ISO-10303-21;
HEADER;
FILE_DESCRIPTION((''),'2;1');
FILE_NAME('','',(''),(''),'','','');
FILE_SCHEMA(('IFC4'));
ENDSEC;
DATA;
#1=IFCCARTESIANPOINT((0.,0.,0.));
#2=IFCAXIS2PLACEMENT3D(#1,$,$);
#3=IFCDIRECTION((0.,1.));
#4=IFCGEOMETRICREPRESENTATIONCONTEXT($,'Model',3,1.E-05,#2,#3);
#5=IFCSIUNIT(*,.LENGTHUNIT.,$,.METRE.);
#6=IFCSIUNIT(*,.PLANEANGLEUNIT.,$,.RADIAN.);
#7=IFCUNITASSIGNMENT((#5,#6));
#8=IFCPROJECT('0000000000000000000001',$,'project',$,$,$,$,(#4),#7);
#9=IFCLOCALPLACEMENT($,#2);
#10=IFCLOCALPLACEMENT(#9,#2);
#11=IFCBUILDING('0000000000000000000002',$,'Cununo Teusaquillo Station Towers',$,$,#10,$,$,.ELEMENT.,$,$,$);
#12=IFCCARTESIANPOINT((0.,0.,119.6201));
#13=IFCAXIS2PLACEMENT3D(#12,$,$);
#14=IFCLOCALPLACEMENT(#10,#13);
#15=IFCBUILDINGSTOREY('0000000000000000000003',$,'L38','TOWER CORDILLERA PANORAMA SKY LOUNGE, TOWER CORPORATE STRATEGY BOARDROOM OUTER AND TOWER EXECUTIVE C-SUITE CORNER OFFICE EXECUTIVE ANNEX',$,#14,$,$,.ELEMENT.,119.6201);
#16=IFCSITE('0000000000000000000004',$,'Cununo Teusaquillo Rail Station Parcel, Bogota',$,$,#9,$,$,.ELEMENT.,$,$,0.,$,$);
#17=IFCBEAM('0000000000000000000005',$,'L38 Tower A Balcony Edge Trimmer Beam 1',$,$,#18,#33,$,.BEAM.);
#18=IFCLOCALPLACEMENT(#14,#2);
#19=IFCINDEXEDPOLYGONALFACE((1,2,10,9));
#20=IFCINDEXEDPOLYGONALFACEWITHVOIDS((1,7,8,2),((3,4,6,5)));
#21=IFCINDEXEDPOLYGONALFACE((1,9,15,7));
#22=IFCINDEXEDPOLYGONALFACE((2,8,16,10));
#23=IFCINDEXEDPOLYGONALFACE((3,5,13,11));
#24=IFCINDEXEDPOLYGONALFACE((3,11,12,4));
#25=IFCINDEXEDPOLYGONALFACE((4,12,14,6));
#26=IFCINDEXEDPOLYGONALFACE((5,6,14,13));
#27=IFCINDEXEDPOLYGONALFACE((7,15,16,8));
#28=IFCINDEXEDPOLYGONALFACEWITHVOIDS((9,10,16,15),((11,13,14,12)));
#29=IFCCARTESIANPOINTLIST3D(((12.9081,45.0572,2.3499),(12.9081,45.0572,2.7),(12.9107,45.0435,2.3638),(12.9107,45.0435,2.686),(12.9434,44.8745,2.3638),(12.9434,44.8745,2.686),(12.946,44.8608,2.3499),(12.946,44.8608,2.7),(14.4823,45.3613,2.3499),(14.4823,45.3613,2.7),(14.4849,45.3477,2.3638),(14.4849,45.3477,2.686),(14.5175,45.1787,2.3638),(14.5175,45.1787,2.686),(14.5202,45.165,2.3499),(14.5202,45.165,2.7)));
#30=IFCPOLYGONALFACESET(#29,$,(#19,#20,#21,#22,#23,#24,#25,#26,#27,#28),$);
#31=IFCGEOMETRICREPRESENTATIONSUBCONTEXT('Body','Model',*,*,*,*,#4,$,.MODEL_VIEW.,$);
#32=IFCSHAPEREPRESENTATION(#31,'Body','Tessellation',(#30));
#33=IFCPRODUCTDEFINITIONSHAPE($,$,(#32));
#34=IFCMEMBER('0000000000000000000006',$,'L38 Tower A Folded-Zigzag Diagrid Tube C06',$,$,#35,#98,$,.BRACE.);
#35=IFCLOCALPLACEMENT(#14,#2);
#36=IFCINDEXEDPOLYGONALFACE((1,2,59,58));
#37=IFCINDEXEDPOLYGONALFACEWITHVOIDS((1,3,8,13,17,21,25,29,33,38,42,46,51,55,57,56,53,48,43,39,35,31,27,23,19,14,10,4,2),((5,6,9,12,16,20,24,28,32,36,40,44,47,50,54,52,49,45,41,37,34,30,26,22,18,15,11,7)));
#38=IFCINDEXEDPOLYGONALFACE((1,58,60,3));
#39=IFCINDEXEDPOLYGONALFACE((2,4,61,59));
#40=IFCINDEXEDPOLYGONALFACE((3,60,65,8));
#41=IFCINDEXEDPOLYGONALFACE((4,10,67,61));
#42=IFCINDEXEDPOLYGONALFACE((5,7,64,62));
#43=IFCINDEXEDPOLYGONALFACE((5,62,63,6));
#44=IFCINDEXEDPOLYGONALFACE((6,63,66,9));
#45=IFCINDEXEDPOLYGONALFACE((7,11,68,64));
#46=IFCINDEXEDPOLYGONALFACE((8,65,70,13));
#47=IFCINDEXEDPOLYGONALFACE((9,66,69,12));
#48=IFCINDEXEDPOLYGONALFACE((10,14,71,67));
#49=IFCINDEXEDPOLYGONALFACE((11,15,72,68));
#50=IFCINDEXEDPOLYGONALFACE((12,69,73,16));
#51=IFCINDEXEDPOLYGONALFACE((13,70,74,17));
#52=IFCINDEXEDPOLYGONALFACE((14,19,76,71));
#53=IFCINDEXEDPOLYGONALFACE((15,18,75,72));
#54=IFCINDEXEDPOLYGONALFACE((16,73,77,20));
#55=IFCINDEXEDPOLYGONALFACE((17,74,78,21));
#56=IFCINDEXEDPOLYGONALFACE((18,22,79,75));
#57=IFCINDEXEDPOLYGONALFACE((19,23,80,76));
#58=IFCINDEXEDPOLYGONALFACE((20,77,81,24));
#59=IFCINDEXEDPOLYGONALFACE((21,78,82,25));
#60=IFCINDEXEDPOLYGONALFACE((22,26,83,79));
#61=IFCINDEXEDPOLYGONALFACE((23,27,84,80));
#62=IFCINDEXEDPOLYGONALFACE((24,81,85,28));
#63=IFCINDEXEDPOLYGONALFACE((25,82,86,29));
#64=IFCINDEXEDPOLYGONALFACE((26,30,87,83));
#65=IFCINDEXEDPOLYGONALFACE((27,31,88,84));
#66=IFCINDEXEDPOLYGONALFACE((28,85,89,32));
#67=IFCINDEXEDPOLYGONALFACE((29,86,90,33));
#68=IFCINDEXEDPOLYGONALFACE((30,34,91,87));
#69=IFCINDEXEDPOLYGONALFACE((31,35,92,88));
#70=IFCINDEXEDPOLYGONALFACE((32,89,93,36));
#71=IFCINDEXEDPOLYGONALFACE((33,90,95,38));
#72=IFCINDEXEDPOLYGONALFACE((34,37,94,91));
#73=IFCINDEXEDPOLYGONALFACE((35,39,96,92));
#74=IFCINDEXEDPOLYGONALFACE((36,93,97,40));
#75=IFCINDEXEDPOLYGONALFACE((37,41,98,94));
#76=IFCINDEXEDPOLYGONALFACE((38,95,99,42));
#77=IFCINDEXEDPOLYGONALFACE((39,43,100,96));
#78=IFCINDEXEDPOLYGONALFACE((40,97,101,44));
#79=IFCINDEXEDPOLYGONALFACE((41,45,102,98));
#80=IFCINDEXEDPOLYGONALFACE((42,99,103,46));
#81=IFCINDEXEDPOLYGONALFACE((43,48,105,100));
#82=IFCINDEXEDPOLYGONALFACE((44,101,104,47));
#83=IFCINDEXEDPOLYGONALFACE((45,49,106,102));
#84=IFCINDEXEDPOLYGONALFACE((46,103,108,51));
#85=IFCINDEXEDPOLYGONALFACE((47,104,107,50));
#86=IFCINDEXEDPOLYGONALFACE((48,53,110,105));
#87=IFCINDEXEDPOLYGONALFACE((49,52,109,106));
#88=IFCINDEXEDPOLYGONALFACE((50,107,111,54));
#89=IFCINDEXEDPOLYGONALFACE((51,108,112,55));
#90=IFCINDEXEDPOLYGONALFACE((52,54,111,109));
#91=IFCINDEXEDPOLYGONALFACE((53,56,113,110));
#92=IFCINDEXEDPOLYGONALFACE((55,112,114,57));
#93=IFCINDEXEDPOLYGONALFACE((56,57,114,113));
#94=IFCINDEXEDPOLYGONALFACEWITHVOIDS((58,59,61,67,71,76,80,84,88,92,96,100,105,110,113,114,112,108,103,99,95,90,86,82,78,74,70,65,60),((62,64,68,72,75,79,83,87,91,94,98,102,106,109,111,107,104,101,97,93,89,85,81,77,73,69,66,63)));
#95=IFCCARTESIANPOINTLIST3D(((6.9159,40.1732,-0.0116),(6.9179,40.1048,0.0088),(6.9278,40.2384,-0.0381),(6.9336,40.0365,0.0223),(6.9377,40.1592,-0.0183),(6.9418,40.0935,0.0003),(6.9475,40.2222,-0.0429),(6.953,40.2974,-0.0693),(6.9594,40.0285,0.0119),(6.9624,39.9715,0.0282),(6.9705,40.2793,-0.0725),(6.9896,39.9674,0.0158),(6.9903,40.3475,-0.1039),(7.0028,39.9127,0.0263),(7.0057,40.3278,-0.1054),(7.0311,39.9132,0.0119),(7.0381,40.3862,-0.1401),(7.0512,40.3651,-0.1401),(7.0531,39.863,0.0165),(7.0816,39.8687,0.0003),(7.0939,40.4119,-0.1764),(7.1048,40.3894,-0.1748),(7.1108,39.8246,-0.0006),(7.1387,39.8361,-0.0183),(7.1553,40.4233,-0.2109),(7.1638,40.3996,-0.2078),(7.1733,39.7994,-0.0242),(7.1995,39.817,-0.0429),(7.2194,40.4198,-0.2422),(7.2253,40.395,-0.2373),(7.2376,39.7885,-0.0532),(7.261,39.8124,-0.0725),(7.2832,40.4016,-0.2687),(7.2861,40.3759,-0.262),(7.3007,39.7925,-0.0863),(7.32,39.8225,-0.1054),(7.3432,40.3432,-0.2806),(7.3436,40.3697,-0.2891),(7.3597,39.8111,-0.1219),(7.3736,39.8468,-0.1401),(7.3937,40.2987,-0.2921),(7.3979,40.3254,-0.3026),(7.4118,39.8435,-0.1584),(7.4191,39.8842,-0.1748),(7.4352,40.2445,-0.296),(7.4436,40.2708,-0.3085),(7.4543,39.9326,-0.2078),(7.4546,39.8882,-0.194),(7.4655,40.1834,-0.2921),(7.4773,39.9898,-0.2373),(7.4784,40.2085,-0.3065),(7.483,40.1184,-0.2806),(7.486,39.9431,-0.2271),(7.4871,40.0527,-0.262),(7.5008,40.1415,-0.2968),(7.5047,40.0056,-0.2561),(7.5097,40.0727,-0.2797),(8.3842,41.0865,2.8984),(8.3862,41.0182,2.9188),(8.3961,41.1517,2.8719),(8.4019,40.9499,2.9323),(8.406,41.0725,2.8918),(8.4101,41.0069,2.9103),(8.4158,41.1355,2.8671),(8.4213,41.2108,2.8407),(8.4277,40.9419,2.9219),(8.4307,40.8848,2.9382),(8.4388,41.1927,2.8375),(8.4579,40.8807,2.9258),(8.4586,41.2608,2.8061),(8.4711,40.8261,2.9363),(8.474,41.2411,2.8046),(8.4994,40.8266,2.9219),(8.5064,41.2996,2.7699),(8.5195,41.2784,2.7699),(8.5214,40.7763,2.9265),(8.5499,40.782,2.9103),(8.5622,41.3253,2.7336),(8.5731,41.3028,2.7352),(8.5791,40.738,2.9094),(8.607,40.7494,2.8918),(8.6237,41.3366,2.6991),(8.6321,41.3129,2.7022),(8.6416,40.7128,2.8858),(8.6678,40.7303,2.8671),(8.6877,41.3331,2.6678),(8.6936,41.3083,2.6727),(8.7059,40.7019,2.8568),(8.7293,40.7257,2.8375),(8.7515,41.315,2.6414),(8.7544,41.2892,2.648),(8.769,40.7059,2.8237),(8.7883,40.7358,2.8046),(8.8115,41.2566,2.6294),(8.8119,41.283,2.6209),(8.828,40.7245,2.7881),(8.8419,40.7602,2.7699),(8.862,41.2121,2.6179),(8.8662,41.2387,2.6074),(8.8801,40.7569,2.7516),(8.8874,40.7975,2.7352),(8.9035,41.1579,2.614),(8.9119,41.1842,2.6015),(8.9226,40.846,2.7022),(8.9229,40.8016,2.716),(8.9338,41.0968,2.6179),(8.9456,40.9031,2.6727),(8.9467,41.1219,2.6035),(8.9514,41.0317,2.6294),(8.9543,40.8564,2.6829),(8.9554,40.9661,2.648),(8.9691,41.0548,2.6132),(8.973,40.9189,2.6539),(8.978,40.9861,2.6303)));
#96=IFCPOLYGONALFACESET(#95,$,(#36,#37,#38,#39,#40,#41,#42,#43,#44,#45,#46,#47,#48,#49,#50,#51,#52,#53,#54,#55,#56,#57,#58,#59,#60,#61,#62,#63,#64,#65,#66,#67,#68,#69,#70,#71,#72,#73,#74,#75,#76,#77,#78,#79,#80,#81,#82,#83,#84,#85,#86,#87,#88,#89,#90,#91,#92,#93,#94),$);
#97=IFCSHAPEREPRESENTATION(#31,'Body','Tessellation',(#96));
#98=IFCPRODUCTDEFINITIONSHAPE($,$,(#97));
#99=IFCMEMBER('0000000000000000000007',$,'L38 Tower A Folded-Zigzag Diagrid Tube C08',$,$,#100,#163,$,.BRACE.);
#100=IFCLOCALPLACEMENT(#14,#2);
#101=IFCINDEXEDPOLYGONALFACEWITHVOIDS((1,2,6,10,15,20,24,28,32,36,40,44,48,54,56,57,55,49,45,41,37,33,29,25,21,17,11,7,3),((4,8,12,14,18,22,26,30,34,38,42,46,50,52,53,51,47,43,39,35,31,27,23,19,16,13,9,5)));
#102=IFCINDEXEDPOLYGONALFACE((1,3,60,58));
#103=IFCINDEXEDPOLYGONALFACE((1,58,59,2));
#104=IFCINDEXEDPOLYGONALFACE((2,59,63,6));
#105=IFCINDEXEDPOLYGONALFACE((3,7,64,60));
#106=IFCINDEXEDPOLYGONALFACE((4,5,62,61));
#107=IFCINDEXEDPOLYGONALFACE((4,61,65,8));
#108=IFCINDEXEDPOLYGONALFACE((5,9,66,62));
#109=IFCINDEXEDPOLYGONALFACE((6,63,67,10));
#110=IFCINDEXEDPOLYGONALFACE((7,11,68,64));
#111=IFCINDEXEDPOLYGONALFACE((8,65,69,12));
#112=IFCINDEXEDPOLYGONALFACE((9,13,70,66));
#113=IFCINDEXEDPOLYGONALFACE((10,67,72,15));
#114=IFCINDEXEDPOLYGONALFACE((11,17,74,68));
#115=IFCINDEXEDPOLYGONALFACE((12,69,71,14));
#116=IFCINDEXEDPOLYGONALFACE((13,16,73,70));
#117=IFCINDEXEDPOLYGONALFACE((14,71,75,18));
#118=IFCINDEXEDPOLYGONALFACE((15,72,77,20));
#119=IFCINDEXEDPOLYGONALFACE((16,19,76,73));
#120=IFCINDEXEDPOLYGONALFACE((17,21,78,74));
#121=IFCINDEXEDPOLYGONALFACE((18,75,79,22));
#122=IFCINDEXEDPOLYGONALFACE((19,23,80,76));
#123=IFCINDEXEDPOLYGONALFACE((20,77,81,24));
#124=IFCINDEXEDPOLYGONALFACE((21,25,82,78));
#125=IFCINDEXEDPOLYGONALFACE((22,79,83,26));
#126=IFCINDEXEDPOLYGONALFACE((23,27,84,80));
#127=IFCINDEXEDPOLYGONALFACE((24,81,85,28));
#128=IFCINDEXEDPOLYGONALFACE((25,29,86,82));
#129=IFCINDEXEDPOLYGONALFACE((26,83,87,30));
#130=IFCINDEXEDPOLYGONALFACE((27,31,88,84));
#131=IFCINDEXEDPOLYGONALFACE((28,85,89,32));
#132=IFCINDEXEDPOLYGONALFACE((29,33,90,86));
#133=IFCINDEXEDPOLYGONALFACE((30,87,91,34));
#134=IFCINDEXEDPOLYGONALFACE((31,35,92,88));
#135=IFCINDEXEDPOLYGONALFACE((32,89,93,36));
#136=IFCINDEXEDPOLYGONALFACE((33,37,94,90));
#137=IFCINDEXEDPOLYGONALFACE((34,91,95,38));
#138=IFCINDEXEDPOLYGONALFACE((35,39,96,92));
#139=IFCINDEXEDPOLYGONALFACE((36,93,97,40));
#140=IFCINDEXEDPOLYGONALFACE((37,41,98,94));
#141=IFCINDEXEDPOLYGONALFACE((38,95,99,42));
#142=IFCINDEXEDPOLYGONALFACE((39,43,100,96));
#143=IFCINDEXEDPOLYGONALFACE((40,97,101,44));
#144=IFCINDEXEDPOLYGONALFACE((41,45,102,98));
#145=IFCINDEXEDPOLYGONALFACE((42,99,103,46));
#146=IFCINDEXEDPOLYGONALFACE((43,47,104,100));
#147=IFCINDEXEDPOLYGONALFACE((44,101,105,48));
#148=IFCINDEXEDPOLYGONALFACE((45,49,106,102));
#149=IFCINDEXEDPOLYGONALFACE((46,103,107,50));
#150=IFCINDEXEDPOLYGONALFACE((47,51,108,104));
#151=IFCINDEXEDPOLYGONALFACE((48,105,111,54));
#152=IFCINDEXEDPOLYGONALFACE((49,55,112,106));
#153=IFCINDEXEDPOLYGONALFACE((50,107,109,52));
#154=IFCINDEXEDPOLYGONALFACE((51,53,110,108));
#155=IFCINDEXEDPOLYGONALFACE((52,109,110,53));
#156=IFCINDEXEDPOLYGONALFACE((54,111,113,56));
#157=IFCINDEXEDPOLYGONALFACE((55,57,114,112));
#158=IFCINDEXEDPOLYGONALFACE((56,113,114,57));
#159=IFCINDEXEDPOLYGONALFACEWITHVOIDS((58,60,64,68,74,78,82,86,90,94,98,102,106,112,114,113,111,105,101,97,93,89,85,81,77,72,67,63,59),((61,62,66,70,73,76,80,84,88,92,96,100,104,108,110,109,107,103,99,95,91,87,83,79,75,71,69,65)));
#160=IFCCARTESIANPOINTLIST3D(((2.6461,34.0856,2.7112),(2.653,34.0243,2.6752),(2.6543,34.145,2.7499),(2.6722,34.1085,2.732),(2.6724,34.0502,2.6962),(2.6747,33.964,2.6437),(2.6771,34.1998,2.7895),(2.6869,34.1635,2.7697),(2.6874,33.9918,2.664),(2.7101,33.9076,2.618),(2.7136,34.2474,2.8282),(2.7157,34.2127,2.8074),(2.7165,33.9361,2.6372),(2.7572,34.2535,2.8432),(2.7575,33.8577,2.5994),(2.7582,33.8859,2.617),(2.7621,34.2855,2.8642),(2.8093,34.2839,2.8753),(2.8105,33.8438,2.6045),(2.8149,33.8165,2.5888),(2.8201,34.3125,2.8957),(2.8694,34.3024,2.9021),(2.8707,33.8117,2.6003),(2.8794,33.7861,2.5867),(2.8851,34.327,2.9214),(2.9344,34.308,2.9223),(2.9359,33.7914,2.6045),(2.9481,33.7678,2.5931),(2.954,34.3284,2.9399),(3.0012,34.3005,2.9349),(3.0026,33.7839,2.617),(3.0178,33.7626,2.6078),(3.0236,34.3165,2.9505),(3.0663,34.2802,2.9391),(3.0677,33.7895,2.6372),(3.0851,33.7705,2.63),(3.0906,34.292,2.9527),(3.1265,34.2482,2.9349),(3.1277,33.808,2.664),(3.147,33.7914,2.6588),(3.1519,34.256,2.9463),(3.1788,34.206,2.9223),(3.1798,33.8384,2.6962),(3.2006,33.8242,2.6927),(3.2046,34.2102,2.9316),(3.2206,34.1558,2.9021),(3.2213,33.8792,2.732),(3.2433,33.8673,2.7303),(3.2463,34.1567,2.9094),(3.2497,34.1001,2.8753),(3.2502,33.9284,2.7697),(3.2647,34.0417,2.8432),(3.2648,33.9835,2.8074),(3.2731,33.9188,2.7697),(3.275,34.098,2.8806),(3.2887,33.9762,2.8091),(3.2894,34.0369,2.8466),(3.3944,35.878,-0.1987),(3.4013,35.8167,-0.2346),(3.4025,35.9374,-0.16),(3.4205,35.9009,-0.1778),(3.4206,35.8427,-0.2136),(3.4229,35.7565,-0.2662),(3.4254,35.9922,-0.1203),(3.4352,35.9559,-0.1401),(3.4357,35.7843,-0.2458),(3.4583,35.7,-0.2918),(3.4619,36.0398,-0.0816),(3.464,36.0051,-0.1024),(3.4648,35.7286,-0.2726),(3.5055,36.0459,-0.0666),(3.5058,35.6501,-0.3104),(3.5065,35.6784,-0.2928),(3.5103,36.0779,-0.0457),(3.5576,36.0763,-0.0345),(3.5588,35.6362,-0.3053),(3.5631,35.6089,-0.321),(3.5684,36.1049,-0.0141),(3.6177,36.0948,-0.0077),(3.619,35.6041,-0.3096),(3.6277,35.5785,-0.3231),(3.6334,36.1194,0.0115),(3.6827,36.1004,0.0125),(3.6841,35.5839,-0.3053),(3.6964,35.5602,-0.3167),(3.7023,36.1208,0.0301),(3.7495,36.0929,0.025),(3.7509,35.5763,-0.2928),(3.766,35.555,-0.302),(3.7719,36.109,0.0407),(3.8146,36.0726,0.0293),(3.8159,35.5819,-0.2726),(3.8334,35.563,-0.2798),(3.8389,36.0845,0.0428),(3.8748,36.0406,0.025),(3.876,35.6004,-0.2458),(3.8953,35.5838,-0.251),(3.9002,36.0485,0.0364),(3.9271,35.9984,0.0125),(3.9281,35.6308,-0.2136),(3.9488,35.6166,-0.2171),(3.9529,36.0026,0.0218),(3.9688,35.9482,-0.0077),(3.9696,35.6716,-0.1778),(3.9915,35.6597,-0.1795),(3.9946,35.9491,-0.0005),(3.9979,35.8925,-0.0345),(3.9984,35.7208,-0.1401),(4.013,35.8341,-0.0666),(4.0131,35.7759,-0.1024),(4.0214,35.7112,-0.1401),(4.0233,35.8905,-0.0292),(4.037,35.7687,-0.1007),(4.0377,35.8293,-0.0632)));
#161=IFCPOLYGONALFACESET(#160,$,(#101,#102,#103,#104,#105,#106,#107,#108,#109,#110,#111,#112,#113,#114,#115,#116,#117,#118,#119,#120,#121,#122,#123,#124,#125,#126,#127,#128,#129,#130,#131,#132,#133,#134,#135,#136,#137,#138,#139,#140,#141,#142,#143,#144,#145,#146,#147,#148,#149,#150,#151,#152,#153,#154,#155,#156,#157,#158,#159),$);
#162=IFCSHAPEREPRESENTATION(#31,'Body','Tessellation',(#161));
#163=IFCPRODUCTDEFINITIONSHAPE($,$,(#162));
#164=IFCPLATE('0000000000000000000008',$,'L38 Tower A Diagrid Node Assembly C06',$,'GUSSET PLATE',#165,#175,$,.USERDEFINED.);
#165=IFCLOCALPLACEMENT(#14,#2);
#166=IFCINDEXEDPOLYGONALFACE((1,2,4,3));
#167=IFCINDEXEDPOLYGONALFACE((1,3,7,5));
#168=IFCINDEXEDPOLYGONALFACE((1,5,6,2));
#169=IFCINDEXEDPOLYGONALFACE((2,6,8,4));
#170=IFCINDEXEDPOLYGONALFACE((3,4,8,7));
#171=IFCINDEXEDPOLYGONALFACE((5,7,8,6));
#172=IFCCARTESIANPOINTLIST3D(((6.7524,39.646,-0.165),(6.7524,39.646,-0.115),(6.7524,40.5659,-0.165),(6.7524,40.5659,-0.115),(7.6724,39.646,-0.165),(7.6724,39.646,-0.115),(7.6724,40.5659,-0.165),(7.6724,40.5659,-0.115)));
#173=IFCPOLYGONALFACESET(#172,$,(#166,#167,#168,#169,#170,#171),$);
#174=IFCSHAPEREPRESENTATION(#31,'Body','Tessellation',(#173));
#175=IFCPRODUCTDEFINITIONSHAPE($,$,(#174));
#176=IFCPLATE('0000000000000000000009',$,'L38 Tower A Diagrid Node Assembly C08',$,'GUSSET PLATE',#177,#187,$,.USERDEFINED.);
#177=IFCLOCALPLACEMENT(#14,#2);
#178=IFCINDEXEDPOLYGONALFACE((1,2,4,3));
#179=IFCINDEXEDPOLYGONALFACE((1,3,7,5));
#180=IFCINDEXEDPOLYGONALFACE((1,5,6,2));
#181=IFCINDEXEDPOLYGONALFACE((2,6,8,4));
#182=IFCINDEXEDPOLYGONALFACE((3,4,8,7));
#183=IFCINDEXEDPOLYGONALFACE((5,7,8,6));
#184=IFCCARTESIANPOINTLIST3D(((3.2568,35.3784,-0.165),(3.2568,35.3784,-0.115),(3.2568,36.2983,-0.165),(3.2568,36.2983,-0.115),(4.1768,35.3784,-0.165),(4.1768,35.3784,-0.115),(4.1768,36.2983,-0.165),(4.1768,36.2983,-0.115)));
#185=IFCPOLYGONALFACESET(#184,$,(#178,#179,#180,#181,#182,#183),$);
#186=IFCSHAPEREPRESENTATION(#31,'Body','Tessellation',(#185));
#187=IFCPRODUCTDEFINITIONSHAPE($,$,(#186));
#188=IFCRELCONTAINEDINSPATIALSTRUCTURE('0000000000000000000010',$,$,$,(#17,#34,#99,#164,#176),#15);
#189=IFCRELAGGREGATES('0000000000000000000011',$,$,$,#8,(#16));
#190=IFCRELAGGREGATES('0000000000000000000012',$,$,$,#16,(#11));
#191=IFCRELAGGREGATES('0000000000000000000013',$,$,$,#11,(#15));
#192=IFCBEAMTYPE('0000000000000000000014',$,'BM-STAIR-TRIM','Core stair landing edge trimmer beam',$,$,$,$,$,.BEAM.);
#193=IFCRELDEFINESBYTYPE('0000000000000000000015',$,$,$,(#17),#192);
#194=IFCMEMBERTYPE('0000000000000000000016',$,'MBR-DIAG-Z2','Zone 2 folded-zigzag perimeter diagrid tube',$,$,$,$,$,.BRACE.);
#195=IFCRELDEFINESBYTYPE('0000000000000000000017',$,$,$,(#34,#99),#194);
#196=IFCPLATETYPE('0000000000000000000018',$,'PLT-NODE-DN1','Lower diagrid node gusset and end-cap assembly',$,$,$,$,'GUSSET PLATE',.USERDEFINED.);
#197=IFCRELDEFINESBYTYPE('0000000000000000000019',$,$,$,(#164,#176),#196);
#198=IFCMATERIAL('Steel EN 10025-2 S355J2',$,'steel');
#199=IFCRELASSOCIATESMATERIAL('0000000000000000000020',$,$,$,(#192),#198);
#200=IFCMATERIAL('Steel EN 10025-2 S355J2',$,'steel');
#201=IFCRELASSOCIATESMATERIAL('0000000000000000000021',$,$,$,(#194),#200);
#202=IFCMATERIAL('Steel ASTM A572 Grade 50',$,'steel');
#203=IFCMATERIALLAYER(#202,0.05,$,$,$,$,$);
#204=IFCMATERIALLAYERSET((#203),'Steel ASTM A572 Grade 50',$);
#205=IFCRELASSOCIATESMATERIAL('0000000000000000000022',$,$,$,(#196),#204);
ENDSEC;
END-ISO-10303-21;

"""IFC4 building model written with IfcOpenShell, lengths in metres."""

from ifc_helpers import new_model, si_unit, direction, frame, origin, origin_2d, place, context, subcontext, project, spatial, rectangle, hollow_rectangle, hollow_circle, extrude, source, transform, mapped, material, layer, layer_set, material_profile, profile_set, type_object, element, save


model = new_model("IFC4")

# Units and contexts
model_context = context("Model", 3, precision=1e-05, world=origin(), true_north=direction((0.0, 1.0)))
body_context = subcontext(model_context, "Body", "Model", "MODEL_VIEW")
ifc_project = project(units=[si_unit("LENGTHUNIT", "METRE"), si_unit("PLANEANGLEUNIT", "RADIAN")], contexts=[model_context])

# Site, building, storey
site_placement = place(None, origin())
site = spatial("IfcSite", under=ifc_project, at=site_placement, Name="Cununo Teusaquillo Rail Station Parcel, Bogota", CompositionType="ELEMENT", RefElevation=0.0)
building_placement = place(site_placement, origin())
building = spatial("IfcBuilding", under=site, at=building_placement, Name="Cununo Teusaquillo Station Towers", CompositionType="ELEMENT")
storey_placement = place(building_placement, frame((0.0, 0.0, 119.6201)))
storey = spatial("IfcBuildingStorey", under=building, at=storey_placement, Name="L38", Description="TOWER CORDILLERA PANORAMA SKY LOUNGE, TOWER CORPORATE STRATEGY BOARDROOM OUTER AND TOWER EXECUTIVE C-SUITE CORNER OFFICE EXECUTIVE ANNEX", CompositionType="ELEMENT", Elevation=119.6201)

# Beam
ifc_material_1 = material(Name="Steel EN 10025-2 S355J2", Category="steel")
ifc_material_profile_1 = material_profile(ifc_material_1, hollow_rectangle(XDim=0.2, YDim=0.3501, WallThickness=0.0139, at=origin_2d()), Name="RHS 350x200x14")
ifc_profile_set_1 = profile_set([ifc_material_profile_1], Name="Steel EN 10025-2 S355J2")
beam_type_1 = type_object("IfcBeamType", Name="BM-STAIR-TRIM", Description="Core stair landing edge trimmer beam", PredefinedType="BEAM", material=ifc_profile_set_1)
beam_1_placement = place(storey_placement, frame((14.5012, 45.2632, 2.5249), z_axis=(-0.981837, -0.189728, 0.0), x_axis=(0.189728, -0.981837, 0.0)))
element("IfcBeam", 1, at=beam_1_placement, inside=storey, type_object=beam_type_1, Name="L38 Tower A Balcony Edge Trimmer Beam 1", PredefinedType="BEAM", context=body_context, shape_type="SweptSolid", body=[
    extrude(hollow_rectangle(XDim=0.2, YDim=0.3501, WallThickness=0.0139, at=origin_2d()), origin(), (0.0, 0.0, 1.0), 1.6033),
])

# Members
ifc_material_2 = material(Name="Steel EN 10025-2 S355J2", Category="steel")
ifc_material_profile_2 = material_profile(ifc_material_2, hollow_circle(Radius=0.3301, WallThickness=0.0249, at=origin_2d()), Name="CHS 660x25")
ifc_profile_set_2 = profile_set([ifc_material_profile_2], Name="Steel EN 10025-2 S355J2")
member_type = type_object("IfcMemberType", Name="MBR-DIAG-Z2", Description="Zone 2 folded-zigzag perimeter diagrid tube", PredefinedType="BRACE", material=ifc_profile_set_2)
member_1_placement = place(storey_placement, frame((7.2124, 40.106, -0.1401), z_axis=(0.433768, 0.269825, 0.859674), x_axis=(-0.528196, 0.849123, 0.0)))
element("IfcMember", 2, at=member_1_placement, inside=storey, type_object=member_type, Name="L38 Tower A Folded-Zigzag Diagrid Tube C06", PredefinedType="BRACE", context=body_context, shape_type="SweptSolid", body=[
    extrude(hollow_circle(Radius=0.3301, WallThickness=0.0249, at=origin_2d()), origin(), (0.0, 0.0, 1.0), 3.385),
])
member_2_placement = place(storey_placement, frame((3.7168, 35.8384, -0.1401), z_axis=(-0.21388, -0.512336, 0.831726), x_axis=(0.922816, -0.38524, 0.0)))
element("IfcMember", 3, at=member_2_placement, inside=storey, type_object=member_type, Name="L38 Tower A Folded-Zigzag Diagrid Tube C08", PredefinedType="BRACE", context=body_context, shape_type="SweptSolid", body=[
    extrude(hollow_circle(Radius=0.3301, WallThickness=0.0249, at=origin_2d()), origin(), (0.0, 0.0, 1.0), 3.4985),
])

# Plates
ifc_material_3 = material(Name="Steel ASTM A572 Grade 50", Category="steel")
ifc_layer_1 = layer(ifc_material_3, 0.05)
ifc_layer_set_1 = layer_set([ifc_layer_1], Name="Steel ASTM A572 Grade 50")
plate_type = type_object("IfcPlateType", Name="PLT-NODE-DN1", Description="Lower diagrid node gusset and end-cap assembly", ElementType="GUSSET PLATE", PredefinedType="USERDEFINED", material=ifc_layer_set_1)
shared_shape_1 = source(origin(), body_context, "Body", "SweptSolid", [
    extrude(rectangle(XDim=0.9199, YDim=0.9199, at=origin_2d()), origin(), (0.0, 0.0, 1.0), 0.05),
])
for number, where, z_axis, x_axis, name in (
    (4, (7.2124, 40.106, -0.165), (0.0, 0.0, 1.0), (1.0, 0.0, 0.0), "L38 Tower A Diagrid Node Assembly C06"),
    (5, (3.7168, 35.8384, -0.165), (0.0, 0.0, 1.0), (1.0, 0.0, 0.0), "L38 Tower A Diagrid Node Assembly C08"),
):
    element("IfcPlate", number, at=place(storey_placement, frame(where, z_axis=z_axis, x_axis=x_axis)), inside=storey, type_object=plate_type, Name=name, ObjectType="GUSSET PLATE", PredefinedType="USERDEFINED", context=body_context, shape_type="MappedRepresentation", body=[
        mapped(shared_shape_1, transform((0.0, 0.0, 0.0), x_axis=(1.0, 0.0, 0.0), y_axis=(0.0, 1.0, 0.0), z_axis=(0.0, 0.0, 1.0), scale=1.0)),
    ])

save(model, "model.ifc")
